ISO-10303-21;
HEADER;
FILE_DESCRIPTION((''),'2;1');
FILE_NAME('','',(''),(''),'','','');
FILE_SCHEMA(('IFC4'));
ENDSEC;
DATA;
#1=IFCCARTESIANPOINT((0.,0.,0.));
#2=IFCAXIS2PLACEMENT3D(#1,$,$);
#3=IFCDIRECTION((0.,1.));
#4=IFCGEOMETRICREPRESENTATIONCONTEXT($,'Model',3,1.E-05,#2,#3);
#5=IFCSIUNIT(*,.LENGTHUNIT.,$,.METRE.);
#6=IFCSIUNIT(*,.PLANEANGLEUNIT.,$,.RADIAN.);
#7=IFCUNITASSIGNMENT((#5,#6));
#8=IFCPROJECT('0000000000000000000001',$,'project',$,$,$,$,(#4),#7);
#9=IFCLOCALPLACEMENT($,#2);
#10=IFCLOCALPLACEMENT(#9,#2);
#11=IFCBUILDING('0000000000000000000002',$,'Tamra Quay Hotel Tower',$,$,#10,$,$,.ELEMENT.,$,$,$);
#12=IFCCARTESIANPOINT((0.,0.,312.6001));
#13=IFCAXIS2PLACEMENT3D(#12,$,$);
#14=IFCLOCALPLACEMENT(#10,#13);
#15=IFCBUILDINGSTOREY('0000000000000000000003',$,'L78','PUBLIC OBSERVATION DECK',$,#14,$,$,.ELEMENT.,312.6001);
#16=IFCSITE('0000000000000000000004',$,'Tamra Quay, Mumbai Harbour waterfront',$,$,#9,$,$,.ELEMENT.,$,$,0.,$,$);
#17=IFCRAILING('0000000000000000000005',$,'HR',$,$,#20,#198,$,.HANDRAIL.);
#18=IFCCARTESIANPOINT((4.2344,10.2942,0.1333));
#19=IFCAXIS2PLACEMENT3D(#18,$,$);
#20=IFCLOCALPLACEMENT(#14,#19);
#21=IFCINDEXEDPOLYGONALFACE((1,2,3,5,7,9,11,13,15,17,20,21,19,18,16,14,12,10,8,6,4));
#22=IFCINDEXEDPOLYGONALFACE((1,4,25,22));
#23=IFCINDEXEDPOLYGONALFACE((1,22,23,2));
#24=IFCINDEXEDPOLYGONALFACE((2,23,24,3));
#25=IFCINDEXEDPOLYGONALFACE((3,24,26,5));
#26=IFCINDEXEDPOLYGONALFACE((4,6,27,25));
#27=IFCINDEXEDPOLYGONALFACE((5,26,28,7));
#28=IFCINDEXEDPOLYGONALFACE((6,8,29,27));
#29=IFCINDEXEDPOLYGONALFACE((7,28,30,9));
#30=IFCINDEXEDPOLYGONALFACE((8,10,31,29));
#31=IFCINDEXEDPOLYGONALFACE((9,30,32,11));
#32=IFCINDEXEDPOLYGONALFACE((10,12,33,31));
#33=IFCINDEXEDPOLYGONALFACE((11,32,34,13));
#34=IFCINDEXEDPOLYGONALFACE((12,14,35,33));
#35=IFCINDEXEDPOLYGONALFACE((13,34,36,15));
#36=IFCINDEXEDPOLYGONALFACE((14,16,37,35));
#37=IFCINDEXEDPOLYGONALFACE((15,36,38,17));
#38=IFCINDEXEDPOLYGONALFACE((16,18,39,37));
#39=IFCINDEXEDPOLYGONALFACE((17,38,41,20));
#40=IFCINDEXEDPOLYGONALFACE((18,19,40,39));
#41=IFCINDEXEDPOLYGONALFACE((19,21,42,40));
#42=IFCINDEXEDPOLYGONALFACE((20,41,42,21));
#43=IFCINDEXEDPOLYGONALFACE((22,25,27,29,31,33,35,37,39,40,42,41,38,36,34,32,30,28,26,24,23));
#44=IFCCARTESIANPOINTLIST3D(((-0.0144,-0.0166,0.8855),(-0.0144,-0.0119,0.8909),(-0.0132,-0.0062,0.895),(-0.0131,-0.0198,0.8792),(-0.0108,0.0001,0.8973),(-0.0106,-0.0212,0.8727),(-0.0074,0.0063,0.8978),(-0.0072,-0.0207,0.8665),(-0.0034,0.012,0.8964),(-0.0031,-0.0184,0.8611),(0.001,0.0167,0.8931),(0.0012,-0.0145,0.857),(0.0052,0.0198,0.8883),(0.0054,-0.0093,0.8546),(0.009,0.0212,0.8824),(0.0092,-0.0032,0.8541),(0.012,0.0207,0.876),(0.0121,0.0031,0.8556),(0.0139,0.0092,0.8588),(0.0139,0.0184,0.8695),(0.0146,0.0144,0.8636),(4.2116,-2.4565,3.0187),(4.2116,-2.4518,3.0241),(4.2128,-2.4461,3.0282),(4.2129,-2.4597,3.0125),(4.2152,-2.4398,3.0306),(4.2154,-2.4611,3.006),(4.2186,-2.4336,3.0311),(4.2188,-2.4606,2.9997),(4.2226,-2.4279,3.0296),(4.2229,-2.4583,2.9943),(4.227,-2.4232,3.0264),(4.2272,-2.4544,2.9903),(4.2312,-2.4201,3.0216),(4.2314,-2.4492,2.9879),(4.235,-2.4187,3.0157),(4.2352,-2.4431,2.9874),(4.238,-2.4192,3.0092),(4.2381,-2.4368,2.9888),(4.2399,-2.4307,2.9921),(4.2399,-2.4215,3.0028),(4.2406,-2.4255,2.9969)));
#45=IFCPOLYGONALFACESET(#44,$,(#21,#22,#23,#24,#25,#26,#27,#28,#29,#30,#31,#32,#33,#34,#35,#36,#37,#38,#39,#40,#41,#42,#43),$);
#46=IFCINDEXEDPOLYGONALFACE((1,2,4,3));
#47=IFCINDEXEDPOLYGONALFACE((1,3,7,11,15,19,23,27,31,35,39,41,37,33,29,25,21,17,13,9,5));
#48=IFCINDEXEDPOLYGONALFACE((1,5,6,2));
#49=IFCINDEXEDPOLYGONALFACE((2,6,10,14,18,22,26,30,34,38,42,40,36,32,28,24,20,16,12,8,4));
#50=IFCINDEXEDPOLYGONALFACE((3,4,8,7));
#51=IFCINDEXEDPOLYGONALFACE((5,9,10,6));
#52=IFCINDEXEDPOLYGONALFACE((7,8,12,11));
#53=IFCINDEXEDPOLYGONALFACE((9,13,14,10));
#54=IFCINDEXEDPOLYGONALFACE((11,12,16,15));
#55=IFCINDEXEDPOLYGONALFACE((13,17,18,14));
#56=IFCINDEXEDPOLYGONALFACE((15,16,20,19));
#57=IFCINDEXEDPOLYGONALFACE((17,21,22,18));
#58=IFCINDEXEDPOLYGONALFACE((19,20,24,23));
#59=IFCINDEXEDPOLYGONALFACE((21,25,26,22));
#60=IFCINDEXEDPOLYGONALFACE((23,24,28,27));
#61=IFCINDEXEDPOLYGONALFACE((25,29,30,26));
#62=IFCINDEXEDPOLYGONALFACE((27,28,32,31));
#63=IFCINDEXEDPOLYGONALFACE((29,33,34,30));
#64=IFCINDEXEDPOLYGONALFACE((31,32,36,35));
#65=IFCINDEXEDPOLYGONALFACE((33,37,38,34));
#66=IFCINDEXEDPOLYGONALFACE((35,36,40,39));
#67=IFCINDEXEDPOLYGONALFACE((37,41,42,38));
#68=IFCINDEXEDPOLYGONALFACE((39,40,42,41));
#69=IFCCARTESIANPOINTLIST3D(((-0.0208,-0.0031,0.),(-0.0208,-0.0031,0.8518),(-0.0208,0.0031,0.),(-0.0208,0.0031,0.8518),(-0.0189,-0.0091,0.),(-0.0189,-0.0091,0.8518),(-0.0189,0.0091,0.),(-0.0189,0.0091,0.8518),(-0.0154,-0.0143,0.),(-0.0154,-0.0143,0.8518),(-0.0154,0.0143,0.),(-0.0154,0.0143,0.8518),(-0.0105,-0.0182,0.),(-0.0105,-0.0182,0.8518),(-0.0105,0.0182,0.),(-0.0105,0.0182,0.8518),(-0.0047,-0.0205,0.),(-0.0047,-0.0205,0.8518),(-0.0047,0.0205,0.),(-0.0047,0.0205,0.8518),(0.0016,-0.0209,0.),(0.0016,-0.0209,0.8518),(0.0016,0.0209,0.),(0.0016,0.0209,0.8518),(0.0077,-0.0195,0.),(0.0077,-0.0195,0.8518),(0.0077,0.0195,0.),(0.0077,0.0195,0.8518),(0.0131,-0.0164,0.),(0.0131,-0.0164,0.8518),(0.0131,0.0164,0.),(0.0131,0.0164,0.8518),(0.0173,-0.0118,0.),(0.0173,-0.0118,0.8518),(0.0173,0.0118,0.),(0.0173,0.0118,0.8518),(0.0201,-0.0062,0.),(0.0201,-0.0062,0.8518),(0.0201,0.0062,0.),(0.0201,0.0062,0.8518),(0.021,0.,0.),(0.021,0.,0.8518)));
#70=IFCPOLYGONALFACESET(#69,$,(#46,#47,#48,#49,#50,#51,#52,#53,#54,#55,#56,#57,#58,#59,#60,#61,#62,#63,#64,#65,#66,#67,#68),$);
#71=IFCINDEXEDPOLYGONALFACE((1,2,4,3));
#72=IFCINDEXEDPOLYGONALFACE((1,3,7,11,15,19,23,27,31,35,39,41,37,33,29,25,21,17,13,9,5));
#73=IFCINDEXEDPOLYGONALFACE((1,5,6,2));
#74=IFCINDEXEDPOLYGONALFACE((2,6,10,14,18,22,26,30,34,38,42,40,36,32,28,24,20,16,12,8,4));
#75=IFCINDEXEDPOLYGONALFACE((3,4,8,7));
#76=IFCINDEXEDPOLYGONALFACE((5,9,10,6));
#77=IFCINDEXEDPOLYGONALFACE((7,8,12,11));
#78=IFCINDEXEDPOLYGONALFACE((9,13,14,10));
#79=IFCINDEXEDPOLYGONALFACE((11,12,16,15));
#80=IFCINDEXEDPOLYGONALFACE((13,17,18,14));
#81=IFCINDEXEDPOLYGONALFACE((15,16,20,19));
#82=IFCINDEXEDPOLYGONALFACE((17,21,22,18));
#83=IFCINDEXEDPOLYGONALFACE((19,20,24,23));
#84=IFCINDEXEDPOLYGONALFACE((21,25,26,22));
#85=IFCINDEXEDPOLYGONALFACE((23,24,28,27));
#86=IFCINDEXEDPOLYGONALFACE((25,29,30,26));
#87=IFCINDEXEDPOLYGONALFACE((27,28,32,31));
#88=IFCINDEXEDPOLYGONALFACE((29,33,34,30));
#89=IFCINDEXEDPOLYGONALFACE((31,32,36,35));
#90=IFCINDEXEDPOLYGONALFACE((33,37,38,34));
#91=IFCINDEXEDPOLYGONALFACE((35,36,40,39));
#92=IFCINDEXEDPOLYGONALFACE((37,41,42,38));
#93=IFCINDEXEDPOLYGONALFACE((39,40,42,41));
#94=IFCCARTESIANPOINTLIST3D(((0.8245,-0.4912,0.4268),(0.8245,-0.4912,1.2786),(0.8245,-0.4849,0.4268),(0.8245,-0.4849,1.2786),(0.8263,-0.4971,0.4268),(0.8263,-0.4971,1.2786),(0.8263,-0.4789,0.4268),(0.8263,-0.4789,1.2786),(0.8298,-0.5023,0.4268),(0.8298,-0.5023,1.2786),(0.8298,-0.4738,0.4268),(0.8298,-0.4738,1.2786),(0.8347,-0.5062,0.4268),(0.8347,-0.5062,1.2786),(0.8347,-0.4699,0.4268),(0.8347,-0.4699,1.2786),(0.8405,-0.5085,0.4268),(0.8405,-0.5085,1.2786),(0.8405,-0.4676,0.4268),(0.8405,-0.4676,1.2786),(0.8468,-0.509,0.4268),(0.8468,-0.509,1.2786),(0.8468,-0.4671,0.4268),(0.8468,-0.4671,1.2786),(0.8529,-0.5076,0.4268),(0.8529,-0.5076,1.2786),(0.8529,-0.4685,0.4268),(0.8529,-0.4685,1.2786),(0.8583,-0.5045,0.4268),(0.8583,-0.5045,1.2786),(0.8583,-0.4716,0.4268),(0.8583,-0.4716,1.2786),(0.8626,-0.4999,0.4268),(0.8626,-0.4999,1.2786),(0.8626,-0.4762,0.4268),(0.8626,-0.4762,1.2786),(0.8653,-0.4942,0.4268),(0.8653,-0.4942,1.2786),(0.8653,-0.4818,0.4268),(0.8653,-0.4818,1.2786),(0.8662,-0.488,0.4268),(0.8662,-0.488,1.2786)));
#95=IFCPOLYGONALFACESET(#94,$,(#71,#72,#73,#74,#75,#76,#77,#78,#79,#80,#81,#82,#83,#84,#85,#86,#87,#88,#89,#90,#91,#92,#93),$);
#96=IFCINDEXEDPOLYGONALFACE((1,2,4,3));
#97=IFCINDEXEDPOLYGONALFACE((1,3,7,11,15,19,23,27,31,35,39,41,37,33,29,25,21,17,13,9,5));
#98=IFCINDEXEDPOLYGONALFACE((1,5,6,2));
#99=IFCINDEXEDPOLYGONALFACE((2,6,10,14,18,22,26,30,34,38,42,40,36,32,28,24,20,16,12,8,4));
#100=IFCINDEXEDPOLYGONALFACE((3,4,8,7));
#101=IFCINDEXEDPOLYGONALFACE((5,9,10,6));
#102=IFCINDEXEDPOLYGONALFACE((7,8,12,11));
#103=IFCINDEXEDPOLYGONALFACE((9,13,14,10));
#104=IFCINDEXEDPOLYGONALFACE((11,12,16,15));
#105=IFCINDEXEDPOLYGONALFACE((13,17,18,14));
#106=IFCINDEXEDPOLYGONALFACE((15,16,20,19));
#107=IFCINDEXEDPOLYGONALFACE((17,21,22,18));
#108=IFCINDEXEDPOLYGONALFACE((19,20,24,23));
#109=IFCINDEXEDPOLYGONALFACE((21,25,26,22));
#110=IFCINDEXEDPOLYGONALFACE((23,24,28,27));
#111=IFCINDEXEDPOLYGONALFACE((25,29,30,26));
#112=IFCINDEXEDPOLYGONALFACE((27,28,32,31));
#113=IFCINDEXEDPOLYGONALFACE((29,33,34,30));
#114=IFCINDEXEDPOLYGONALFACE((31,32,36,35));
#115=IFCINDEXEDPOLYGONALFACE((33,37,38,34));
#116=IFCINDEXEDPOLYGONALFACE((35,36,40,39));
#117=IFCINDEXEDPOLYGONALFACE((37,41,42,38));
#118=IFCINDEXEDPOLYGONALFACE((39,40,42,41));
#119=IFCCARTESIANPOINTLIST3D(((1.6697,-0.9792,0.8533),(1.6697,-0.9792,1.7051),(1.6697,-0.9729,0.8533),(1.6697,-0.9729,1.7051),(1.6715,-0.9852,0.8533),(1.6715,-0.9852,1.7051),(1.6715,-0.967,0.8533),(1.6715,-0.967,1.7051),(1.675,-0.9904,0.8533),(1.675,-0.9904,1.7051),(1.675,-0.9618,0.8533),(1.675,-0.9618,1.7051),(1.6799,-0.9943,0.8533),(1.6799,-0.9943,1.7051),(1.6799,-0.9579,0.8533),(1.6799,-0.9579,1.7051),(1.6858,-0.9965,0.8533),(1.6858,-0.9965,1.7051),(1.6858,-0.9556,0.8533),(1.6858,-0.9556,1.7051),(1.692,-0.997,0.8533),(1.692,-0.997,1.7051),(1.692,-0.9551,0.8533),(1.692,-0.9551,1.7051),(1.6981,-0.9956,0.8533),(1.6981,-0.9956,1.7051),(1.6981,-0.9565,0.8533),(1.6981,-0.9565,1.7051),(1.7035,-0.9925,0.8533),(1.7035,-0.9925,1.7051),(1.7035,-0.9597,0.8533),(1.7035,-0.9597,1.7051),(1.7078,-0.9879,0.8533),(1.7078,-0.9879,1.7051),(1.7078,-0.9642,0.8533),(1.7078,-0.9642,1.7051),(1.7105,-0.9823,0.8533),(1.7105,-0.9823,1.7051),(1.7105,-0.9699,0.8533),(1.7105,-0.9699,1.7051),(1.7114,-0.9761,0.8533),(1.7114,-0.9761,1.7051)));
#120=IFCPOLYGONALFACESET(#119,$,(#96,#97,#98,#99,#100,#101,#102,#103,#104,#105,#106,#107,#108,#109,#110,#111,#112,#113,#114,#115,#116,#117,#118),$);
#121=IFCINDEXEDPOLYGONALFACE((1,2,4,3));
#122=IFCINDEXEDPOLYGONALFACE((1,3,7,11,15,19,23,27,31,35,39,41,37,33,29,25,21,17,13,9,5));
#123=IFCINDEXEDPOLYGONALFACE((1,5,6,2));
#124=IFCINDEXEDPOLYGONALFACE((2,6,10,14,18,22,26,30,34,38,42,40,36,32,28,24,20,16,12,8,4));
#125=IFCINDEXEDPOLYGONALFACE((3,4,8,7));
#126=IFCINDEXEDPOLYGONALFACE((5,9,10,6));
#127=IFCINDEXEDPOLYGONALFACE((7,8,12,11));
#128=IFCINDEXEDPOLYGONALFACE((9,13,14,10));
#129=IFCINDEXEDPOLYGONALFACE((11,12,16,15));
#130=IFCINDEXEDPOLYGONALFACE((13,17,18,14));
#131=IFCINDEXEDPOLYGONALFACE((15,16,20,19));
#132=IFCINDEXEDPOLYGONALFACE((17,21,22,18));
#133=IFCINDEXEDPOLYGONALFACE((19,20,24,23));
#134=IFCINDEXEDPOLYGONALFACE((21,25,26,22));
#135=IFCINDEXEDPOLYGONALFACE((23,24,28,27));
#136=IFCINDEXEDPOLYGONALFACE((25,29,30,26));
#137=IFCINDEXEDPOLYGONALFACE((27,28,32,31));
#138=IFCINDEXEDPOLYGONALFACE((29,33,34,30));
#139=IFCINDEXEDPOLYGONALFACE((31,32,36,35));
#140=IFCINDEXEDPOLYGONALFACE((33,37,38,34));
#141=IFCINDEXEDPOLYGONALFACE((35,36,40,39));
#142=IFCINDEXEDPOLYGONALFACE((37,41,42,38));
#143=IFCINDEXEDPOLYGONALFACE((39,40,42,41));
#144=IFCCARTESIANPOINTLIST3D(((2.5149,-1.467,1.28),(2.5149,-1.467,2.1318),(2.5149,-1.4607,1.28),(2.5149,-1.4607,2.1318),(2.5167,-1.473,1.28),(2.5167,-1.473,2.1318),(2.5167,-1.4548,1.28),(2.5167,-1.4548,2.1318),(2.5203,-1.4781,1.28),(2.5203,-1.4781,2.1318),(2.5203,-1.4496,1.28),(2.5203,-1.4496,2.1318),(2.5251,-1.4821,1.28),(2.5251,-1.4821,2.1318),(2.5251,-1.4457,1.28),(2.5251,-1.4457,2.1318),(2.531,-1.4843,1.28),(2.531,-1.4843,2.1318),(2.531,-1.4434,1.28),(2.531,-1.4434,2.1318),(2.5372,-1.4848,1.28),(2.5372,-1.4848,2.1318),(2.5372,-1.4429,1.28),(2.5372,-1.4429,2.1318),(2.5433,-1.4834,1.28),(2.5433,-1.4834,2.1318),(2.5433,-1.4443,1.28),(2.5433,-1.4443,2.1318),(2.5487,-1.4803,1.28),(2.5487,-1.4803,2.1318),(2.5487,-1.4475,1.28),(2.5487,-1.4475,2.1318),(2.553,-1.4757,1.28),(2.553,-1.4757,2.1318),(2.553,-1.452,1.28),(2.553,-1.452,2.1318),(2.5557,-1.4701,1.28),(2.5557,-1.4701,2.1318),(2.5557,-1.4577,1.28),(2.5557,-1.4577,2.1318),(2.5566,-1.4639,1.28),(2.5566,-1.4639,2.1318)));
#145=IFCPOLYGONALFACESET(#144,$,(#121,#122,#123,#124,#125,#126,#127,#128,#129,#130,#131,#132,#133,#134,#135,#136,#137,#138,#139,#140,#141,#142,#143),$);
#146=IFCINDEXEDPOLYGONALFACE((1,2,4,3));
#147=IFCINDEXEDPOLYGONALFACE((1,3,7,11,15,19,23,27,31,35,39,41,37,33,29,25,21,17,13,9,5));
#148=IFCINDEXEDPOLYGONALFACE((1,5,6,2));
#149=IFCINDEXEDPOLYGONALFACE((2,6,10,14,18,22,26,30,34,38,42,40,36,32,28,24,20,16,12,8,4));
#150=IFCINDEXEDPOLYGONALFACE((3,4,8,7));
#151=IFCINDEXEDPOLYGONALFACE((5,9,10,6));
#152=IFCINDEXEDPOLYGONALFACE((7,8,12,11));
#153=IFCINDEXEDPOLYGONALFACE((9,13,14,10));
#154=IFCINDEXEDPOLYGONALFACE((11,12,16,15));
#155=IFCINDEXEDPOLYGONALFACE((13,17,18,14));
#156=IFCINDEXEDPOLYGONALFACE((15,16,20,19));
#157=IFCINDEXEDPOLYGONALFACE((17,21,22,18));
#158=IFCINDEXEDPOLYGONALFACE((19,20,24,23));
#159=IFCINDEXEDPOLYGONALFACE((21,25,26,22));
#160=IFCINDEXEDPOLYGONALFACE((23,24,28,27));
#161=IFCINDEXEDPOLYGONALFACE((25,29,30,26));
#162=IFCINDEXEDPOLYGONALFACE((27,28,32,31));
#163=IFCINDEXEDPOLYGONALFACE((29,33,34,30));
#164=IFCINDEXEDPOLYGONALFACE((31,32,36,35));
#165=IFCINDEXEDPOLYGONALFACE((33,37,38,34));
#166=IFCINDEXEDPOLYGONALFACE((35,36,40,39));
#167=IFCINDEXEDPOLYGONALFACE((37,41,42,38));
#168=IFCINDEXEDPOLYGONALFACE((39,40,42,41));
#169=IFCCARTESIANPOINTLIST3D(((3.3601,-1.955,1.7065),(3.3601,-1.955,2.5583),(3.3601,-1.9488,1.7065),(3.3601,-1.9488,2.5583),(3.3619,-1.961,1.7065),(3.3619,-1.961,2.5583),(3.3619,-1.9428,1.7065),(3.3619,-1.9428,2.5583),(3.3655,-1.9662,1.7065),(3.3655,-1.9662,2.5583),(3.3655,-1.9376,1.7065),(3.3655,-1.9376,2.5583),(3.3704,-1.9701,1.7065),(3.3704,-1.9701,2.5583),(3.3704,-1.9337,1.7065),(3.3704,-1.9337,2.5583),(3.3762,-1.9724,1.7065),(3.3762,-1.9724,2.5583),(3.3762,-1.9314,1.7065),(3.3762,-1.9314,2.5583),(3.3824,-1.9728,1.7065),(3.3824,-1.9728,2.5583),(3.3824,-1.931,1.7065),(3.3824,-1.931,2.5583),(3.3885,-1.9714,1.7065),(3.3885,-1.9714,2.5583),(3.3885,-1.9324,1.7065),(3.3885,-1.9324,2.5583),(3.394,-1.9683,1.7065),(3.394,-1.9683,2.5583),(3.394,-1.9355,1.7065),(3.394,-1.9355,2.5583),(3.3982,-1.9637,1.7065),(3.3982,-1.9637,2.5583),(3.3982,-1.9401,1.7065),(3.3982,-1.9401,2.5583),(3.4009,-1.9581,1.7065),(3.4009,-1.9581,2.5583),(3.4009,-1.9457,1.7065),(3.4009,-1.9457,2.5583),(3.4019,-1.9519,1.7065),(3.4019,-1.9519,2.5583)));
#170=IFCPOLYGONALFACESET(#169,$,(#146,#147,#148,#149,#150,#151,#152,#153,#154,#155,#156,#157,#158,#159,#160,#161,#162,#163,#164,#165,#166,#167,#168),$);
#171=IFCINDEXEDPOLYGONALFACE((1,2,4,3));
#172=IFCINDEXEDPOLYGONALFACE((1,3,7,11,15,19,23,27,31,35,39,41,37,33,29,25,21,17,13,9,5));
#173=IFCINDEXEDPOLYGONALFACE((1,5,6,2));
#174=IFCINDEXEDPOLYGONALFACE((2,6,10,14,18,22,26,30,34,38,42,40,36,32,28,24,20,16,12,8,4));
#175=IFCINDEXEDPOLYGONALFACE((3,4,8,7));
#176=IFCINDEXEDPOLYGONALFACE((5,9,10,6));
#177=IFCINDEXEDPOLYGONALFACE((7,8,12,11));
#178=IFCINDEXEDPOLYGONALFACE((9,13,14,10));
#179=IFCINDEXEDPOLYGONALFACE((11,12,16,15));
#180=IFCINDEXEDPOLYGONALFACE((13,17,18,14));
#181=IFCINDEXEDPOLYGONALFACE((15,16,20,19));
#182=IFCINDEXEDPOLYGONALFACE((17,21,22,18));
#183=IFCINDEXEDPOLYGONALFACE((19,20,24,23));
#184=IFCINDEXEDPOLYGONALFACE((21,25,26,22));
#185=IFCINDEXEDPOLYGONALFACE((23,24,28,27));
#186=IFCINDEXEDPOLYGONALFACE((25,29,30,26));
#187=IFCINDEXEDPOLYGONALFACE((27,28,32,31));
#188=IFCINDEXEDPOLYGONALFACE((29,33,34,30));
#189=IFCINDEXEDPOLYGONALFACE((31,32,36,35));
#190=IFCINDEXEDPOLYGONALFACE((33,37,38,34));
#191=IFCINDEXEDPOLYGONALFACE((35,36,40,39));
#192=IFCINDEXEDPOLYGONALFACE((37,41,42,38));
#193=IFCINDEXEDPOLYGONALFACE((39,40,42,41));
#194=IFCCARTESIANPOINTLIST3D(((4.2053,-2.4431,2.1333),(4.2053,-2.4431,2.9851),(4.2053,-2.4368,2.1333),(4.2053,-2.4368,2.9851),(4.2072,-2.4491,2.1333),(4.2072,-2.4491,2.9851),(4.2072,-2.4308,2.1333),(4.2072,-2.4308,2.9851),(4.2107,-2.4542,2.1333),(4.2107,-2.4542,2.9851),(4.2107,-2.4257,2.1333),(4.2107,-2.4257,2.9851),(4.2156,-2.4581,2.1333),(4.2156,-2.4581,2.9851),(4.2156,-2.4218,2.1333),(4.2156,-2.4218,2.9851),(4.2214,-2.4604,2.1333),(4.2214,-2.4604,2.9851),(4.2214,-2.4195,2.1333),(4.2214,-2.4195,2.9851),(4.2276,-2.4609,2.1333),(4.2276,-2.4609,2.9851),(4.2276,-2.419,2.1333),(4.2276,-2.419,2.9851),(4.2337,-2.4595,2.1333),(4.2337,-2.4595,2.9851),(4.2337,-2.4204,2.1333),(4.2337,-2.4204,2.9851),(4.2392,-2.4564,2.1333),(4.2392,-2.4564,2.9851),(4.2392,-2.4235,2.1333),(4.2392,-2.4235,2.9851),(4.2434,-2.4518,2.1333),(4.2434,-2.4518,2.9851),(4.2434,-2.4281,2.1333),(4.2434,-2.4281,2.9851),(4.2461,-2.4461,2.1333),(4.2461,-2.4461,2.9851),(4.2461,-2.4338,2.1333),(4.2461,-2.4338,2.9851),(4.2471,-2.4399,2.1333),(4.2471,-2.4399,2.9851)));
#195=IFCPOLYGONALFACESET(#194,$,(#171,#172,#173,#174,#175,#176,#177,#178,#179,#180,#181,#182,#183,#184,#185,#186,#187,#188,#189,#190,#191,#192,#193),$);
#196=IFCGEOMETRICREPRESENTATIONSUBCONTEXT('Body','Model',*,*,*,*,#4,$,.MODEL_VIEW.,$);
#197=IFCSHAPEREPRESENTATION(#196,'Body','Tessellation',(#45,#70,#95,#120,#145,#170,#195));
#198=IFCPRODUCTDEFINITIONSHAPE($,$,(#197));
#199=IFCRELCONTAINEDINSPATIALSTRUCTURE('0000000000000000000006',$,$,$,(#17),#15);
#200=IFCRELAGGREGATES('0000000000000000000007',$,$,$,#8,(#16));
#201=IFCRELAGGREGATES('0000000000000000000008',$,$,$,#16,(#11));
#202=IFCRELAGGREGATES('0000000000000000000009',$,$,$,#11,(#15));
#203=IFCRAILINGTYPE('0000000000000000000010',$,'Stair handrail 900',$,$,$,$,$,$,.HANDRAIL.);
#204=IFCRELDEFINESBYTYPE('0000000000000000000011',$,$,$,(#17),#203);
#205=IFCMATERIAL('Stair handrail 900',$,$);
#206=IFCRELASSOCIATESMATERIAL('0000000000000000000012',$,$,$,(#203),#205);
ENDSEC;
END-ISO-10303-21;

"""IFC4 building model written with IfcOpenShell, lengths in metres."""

from ifc_helpers import new_model, si_unit, direction, frame, origin, origin_2d, place, context, subcontext, project, spatial, circle, extrude, material, type_object, element, save


model = new_model("IFC4")

# Units and contexts
model_context = context("Model", 3, precision=1e-05, world=origin(), true_north=direction((0.0, 1.0)))
body_context = subcontext(model_context, "Body", "Model", "MODEL_VIEW")
ifc_project = project(units=[si_unit("LENGTHUNIT", "METRE"), si_unit("PLANEANGLEUNIT", "RADIAN")], contexts=[model_context])

# Site, building, storey
site_placement = place(None, origin())
site = spatial("IfcSite", under=ifc_project, at=site_placement, Name="Tamra Quay, Mumbai Harbour waterfront", CompositionType="ELEMENT", RefElevation=0.0)
building_placement = place(site_placement, origin())
building = spatial("IfcBuilding", under=site, at=building_placement, Name="Tamra Quay Hotel Tower", CompositionType="ELEMENT")
storey_placement = place(building_placement, frame((0.0, 0.0, 312.6001)))
storey = spatial("IfcBuildingStorey", under=building, at=storey_placement, Name="L78", Description="PUBLIC OBSERVATION DECK", CompositionType="ELEMENT", Elevation=312.6001)

# Railing
ifc_material_1 = material(Name="Stair handrail 900")
railing_type_1 = type_object("IfcRailingType", Name="Stair handrail 900", PredefinedType="HANDRAIL", material=ifc_material_1)
railing_1_placement = place(storey_placement, frame((4.2344, 10.2942, 0.1333)))
element("IfcRailing", 1, at=railing_1_placement, inside=storey, type_object=railing_type_1, Name="HR", PredefinedType="HANDRAIL", context=body_context, shape_type="SweptSolid", body=[
    extrude(circle(Radius=0.0239, at=origin_2d()), frame((0.0, 0.0, 0.876), z_axis=(0.793512, -0.458137, 0.400561), x_axis=(0.500003, 0.866024, 0.0)), (0.0, 0.0, 1.0), 5.3257),
    extrude(circle(Radius=0.021, at=origin_2d()), origin(), (0.0, 0.0, 1.0), 0.8518),
    extrude(circle(Radius=0.021, at=origin_2d()), frame((0.8452, -0.488, 0.4268)), (0.0, 0.0, 1.0), 0.8518),
    extrude(circle(Radius=0.021, at=origin_2d()), frame((1.6904, -0.9761, 0.8533)), (0.0, 0.0, 1.0), 0.8518),
    extrude(circle(Radius=0.021, at=origin_2d()), frame((2.5356, -1.4639, 1.28)), (0.0, 0.0, 1.0), 0.8518),
    extrude(circle(Radius=0.021, at=origin_2d()), frame((3.3809, -1.9519, 1.7065)), (0.0, 0.0, 1.0), 0.8518),
    extrude(circle(Radius=0.021, at=origin_2d()), frame((4.2261, -2.4399, 2.1333)), (0.0, 0.0, 1.0), 0.8518),
])

save(model, "model.ifc")
